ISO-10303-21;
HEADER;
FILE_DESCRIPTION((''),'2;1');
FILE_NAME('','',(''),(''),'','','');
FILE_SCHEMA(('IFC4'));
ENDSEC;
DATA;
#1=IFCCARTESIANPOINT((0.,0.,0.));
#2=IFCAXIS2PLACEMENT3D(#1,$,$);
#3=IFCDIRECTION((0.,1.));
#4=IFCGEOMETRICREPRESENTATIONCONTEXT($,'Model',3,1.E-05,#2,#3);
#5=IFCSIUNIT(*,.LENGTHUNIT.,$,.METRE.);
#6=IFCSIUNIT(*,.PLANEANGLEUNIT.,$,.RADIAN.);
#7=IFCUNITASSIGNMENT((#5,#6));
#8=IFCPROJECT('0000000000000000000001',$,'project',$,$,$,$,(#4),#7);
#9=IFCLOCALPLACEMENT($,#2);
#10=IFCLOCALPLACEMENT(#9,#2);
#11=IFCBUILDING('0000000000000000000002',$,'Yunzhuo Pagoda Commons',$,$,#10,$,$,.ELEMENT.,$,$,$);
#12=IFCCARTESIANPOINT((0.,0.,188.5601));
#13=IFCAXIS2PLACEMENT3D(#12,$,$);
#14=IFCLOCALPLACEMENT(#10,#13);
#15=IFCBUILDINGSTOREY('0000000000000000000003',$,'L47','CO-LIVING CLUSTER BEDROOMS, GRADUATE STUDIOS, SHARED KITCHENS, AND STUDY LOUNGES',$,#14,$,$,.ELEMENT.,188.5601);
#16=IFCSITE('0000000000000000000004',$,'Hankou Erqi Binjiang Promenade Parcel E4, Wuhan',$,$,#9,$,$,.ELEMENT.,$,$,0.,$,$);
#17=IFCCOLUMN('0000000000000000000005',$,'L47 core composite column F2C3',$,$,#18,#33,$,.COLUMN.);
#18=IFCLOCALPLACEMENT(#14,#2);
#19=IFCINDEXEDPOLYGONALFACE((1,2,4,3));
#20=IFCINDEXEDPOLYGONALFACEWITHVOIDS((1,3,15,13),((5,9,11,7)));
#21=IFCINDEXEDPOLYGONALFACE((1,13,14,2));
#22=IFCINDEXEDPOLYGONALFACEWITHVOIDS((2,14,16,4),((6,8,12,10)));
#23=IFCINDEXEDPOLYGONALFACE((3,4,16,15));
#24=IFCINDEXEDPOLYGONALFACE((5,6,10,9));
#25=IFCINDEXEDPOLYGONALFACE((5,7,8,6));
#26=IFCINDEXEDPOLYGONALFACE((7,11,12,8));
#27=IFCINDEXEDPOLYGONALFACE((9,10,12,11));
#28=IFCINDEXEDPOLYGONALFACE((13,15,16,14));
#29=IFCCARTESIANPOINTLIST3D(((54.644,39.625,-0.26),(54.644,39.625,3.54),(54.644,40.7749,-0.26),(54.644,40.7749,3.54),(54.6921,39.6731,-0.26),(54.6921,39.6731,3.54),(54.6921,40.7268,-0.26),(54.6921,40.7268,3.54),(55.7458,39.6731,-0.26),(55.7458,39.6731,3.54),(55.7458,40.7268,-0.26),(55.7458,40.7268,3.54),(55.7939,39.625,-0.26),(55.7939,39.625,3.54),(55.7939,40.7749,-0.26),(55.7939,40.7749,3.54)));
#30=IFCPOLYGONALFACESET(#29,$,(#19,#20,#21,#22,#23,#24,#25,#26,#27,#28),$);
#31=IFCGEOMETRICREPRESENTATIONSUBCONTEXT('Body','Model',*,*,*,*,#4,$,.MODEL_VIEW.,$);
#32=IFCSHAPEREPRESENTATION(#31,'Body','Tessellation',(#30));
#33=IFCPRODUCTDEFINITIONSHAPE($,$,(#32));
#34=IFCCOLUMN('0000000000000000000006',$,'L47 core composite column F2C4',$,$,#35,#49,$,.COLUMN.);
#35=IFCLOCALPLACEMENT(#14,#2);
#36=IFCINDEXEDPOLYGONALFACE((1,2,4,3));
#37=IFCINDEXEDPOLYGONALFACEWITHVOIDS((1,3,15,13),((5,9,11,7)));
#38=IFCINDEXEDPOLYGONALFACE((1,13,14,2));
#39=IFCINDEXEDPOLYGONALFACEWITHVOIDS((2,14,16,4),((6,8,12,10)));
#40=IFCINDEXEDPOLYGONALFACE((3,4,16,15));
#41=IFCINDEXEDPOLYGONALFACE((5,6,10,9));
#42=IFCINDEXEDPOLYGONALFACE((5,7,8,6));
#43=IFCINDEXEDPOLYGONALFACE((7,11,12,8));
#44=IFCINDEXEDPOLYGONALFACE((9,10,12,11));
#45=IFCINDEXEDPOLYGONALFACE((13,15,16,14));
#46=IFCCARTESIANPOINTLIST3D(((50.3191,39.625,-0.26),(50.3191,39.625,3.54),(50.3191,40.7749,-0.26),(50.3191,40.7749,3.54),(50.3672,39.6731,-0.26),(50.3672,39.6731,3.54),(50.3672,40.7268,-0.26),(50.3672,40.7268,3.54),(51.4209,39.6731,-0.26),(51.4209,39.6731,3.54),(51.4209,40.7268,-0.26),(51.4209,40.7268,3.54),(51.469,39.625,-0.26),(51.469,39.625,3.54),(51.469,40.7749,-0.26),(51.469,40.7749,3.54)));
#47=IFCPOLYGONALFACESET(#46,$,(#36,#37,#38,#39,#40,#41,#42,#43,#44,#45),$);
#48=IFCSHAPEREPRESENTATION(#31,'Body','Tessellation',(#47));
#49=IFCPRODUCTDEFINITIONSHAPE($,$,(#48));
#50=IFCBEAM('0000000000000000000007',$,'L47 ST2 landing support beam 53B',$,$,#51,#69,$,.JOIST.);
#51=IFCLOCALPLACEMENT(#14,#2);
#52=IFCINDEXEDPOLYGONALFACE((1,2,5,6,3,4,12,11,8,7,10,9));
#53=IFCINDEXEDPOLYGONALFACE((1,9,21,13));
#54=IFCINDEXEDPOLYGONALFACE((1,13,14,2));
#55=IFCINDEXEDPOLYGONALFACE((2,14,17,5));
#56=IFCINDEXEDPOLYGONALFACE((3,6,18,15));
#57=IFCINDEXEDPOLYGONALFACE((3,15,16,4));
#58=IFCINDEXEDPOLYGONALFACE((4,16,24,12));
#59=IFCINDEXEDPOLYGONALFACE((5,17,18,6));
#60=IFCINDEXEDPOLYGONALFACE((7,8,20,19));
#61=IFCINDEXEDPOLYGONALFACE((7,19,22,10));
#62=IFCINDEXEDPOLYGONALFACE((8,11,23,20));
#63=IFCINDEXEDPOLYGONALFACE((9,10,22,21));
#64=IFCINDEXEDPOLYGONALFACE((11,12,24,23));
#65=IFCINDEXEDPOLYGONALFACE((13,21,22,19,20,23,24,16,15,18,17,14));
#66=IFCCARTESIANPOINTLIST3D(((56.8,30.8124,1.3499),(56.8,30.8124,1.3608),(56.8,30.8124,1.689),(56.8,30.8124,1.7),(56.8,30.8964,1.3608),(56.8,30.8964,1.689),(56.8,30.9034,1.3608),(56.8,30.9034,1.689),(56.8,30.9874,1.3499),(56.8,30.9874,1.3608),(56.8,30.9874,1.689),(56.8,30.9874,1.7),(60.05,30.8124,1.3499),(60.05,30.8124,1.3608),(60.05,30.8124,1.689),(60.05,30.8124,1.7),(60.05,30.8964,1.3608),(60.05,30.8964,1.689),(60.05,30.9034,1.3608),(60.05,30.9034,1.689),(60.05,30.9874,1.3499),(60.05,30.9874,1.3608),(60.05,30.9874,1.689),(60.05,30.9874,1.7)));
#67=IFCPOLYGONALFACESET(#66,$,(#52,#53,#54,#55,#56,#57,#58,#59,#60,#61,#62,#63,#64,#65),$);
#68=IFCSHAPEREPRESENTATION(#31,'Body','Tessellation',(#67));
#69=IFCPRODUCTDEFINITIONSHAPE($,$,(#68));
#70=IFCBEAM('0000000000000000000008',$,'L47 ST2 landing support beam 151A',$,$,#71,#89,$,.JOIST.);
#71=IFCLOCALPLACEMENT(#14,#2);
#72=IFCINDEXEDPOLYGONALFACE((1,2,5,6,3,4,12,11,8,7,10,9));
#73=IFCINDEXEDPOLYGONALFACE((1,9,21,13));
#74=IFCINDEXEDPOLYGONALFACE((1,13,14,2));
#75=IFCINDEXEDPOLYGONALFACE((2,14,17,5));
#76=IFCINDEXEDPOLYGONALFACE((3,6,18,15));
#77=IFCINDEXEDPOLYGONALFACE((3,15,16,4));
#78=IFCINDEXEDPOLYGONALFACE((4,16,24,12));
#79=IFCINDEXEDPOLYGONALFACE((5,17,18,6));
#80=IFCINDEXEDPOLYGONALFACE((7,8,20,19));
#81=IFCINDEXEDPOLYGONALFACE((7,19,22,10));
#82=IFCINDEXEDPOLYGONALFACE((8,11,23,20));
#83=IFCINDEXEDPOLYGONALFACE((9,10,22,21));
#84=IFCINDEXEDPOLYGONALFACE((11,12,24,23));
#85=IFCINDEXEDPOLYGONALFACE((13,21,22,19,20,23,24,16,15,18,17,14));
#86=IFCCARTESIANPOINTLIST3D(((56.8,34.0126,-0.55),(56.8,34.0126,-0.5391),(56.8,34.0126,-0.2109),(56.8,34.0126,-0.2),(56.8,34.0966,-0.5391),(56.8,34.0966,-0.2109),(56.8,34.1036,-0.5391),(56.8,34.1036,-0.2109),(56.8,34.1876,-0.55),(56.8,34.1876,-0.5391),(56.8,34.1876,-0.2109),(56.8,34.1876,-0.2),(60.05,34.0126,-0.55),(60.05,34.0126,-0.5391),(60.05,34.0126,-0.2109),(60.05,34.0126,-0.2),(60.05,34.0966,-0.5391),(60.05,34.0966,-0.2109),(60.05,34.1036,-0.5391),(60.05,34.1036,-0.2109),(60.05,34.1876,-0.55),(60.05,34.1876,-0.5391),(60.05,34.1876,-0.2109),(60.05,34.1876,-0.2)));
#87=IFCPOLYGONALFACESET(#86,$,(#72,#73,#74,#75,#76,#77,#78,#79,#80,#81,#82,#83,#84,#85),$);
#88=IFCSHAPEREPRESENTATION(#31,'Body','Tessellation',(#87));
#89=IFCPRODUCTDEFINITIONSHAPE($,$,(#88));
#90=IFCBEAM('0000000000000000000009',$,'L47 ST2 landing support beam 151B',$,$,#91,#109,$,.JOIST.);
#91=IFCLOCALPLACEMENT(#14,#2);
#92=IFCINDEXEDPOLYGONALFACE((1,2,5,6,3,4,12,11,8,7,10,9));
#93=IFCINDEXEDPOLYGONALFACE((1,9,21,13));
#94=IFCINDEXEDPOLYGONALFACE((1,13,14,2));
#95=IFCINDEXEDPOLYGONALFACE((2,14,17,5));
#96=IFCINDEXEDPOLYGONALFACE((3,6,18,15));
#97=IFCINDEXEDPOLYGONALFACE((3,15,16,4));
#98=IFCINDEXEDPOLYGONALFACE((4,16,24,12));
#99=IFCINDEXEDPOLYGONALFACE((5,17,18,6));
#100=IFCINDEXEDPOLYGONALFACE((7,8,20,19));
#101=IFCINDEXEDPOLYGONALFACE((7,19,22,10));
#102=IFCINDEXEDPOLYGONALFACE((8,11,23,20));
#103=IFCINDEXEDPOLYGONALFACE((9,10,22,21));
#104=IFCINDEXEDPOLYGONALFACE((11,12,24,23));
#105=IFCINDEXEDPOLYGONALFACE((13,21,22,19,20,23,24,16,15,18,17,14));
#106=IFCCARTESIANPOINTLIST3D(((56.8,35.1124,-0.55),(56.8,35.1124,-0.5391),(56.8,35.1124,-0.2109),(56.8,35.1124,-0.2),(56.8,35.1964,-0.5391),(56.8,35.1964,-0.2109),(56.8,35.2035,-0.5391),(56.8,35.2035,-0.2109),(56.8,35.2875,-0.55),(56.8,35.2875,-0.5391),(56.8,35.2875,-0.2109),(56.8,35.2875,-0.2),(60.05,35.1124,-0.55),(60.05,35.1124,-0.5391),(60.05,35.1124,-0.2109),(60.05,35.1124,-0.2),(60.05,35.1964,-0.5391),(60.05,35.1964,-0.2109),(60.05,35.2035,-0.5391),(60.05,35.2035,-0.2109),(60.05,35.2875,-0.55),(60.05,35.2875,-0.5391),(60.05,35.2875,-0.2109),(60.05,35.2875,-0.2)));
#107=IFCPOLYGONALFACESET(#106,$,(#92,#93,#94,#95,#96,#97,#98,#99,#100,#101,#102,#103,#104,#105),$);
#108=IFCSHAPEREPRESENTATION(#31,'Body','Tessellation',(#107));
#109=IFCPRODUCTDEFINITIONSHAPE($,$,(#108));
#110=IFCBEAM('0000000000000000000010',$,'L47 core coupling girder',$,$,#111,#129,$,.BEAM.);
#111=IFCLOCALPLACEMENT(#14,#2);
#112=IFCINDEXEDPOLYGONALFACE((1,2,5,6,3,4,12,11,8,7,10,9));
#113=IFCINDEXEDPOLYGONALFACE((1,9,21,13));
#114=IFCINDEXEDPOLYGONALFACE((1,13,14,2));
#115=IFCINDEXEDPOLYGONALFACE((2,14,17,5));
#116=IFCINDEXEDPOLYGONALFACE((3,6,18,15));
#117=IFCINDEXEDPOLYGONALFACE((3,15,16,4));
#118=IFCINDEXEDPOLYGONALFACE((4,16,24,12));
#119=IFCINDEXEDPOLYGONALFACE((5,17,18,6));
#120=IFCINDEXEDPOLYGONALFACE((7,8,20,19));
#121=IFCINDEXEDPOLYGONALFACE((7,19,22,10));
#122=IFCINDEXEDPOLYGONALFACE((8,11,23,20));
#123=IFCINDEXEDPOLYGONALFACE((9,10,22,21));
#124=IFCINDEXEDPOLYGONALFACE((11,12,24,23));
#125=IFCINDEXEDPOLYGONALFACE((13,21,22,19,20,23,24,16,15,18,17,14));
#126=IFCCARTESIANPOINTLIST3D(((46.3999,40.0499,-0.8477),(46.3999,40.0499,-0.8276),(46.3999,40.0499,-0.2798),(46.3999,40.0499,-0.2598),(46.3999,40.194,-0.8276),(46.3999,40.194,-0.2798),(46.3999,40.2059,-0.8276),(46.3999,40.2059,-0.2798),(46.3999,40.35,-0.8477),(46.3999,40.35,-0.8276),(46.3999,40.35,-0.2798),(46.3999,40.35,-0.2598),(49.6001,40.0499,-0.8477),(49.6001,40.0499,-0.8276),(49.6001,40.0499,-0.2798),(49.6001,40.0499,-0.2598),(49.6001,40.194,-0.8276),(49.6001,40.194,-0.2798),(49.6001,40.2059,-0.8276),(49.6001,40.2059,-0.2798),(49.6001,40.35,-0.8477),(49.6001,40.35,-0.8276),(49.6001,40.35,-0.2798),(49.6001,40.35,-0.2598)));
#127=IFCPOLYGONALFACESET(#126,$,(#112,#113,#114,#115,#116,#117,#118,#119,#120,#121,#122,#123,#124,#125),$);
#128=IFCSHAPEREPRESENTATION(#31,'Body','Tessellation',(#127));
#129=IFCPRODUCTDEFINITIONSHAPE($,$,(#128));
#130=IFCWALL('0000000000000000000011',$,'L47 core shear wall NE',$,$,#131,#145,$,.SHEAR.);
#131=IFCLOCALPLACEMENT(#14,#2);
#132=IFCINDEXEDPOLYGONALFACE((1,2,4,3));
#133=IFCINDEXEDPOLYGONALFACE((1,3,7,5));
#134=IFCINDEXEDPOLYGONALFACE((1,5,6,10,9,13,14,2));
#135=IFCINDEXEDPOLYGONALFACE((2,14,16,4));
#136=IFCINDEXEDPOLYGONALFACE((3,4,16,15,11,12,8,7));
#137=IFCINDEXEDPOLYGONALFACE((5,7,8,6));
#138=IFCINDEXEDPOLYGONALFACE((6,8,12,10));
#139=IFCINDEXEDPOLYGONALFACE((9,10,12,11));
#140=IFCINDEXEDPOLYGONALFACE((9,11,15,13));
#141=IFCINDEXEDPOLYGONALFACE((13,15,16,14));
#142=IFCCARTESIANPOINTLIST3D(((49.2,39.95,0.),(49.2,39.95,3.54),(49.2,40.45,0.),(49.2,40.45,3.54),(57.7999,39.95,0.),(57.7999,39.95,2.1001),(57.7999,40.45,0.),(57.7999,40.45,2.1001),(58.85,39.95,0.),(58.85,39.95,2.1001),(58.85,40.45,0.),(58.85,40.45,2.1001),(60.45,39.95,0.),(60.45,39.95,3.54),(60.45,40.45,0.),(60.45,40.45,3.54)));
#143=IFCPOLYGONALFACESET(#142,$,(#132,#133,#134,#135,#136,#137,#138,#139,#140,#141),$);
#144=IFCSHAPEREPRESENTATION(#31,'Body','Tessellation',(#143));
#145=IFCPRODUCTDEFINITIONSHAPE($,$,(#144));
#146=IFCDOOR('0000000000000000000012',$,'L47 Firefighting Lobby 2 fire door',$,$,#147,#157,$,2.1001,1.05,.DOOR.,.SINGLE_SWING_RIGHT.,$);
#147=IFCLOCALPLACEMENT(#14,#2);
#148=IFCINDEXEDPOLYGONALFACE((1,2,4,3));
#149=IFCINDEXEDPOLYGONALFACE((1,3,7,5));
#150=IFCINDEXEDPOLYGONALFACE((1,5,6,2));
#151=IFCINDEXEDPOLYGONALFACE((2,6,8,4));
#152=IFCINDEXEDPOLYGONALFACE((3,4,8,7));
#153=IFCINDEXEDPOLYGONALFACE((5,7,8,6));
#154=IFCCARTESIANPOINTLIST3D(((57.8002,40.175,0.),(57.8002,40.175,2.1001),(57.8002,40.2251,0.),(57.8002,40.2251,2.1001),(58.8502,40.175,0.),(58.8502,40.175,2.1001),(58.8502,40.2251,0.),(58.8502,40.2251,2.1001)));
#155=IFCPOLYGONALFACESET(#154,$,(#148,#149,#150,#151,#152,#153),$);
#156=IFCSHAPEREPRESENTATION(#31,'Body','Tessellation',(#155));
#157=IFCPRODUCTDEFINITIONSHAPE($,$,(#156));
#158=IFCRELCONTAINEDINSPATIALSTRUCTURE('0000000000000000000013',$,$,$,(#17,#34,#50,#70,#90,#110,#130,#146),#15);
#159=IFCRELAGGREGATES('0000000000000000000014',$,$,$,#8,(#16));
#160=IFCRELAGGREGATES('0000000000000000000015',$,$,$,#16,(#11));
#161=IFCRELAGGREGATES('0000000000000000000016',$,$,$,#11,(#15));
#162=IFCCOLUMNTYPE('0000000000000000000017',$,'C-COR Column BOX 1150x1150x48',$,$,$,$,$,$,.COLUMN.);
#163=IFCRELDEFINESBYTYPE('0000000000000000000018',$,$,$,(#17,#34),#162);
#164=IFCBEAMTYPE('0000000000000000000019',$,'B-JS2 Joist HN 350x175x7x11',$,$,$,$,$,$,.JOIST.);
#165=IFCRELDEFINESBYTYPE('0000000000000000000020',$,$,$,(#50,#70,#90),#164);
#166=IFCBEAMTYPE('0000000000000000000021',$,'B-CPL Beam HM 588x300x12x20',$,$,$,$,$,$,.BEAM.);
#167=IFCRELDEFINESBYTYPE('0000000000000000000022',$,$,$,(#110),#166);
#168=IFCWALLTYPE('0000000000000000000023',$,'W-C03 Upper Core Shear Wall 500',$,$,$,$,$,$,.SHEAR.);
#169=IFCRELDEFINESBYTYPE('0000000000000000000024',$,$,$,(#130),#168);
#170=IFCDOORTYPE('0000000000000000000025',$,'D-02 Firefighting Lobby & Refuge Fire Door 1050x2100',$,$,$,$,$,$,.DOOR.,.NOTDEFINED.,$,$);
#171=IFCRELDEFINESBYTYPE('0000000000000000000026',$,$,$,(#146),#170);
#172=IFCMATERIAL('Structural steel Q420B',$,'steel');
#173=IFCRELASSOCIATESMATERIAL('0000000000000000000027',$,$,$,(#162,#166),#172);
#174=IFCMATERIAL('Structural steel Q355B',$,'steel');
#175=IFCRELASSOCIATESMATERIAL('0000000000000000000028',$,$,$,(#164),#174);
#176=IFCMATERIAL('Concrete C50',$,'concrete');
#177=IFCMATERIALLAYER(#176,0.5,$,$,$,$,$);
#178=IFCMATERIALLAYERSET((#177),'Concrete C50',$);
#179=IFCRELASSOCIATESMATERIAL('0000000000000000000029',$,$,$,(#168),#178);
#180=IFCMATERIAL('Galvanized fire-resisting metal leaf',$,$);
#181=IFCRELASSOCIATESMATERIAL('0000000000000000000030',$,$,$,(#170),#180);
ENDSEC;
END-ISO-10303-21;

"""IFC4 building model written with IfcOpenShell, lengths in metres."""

from ifc_helpers import new_model, si_unit, direction, frame, frame_2d, origin, origin_2d, place, context, subcontext, project, spatial, rectangle, hollow_rectangle, i_section, extrude, source, transform, mapped, material, layer, layer_set, material_profile, profile_set, type_object, element, fill, save


model = new_model("IFC4")

# Units and contexts
model_context = context("Model", 3, precision=1e-05, world=origin(), true_north=direction((0.0, 1.0)))
body_context = subcontext(model_context, "Body", "Model", "MODEL_VIEW")
ifc_project = project(units=[si_unit("LENGTHUNIT", "METRE"), si_unit("PLANEANGLEUNIT", "RADIAN")], contexts=[model_context])

# Site, building, storey
site_placement = place(None, origin())
site = spatial("IfcSite", under=ifc_project, at=site_placement, Name="Hankou Erqi Binjiang Promenade Parcel E4, Wuhan", CompositionType="ELEMENT", RefElevation=0.0)
building_placement = place(site_placement, origin())
building = spatial("IfcBuilding", under=site, at=building_placement, Name="Yunzhuo Pagoda Commons", CompositionType="ELEMENT")
storey_placement = place(building_placement, frame((0.0, 0.0, 188.5601)))
storey = spatial("IfcBuildingStorey", under=building, at=storey_placement, Name="L47", Description="CO-LIVING CLUSTER BEDROOMS, GRADUATE STUDIOS, SHARED KITCHENS, AND STUDY LOUNGES", CompositionType="ELEMENT", Elevation=188.5601)

# Columns
ifc_material_1 = material(Name="Structural steel Q420B", Category="steel")
ifc_material_profile_1 = material_profile(ifc_material_1, hollow_rectangle(XDim=1.1499, YDim=1.1499, WallThickness=0.0481, at=origin_2d()), Name="Structural steel Q420B")
ifc_profile_set_1 = profile_set([ifc_material_profile_1], Name="Structural steel Q420B")
column_type = type_object("IfcColumnType", Name="C-COR Column BOX 1150x1150x48", PredefinedType="COLUMN", material=ifc_profile_set_1)
shared_shape_1 = source(origin(), body_context, "Body", "SweptSolid", [
    extrude(hollow_rectangle(XDim=1.1499, YDim=1.1499, WallThickness=0.0481, at=origin_2d()), origin(), (0.0, 0.0, 1.0), 3.8),
])
for number, where, z_axis, x_axis, name in (
    (1, (55.219, 40.2, -0.26), (0.0, 0.0, 1.0), (1.0, 0.0, 0.0), "L47 core composite column F2C3"),
    (2, (50.894, 40.2, -0.26), (0.0, 0.0, 1.0), (1.0, 0.0, 0.0), "L47 core composite column F2C4"),
):
    element("IfcColumn", number, at=place(storey_placement, frame(where, z_axis=z_axis, x_axis=x_axis)), inside=storey, type_object=column_type, Name=name, PredefinedType="COLUMN", context=body_context, shape_type="MappedRepresentation", body=[
        mapped(shared_shape_1, transform((0.0, 0.0, 0.0), scale=1.0)),
    ])

# Beams
ifc_material_2 = material(Name="Structural steel Q355B", Category="steel")
ifc_material_profile_2 = material_profile(ifc_material_2, i_section(OverallWidth=0.175, OverallDepth=0.3501, WebThickness=0.0071, FlangeThickness=0.011, at=origin_2d()), Name="Structural steel Q355B")
ifc_profile_set_2 = profile_set([ifc_material_profile_2], Name="Structural steel Q355B")
beam_type_1 = type_object("IfcBeamType", Name="B-JS2 Joist HN 350x175x7x11", PredefinedType="JOIST", material=ifc_profile_set_2)
shared_shape_2 = source(origin(), body_context, "Body", "SweptSolid", [
    extrude(i_section(OverallWidth=0.175, OverallDepth=0.3501, WebThickness=0.0071, FlangeThickness=0.011, at=origin_2d()), origin(), (0.0, 0.0, 1.0), 3.25),
])
for number, where, z_axis, x_axis, name in (
    (3, (56.8, 30.8999, 1.5249), (1.0, 0.0, 0.0), (0.0, 1.0, 0.0), "L47 ST2 landing support beam 53B"),
    (4, (56.8, 34.1001, -0.375), (1.0, 0.0, 0.0), (0.0, 1.0, 0.0), "L47 ST2 landing support beam 151A"),
    (5, (56.8, 35.2, -0.375), (1.0, 0.0, 0.0), (0.0, 1.0, 0.0), "L47 ST2 landing support beam 151B"),
):
    element("IfcBeam", number, at=place(storey_placement, frame(where, z_axis=z_axis, x_axis=x_axis)), inside=storey, type_object=beam_type_1, Name=name, PredefinedType="JOIST", context=body_context, shape_type="MappedRepresentation", body=[
        mapped(shared_shape_2, transform((0.0, 0.0, 0.0), scale=1.0)),
    ])
ifc_material_profile_3 = material_profile(ifc_material_1, i_section(OverallWidth=0.3, OverallDepth=0.5879, WebThickness=0.012, FlangeThickness=0.02, at=origin_2d()), Name="Structural steel Q420B")
ifc_profile_set_3 = profile_set([ifc_material_profile_3], Name="Structural steel Q420B")
beam_type_2 = type_object("IfcBeamType", Name="B-CPL Beam HM 588x300x12x20", PredefinedType="BEAM", material=ifc_profile_set_3)
shared_shape_3 = source(origin(), body_context, "Body", "SweptSolid", [
    extrude(i_section(OverallWidth=0.3, OverallDepth=0.5879, WebThickness=0.012, FlangeThickness=0.02, at=origin_2d()), origin(), (0.0, 0.0, 1.0), 3.2002),
])
beam_placement = place(storey_placement, frame((46.3999, 40.2, -0.5537), z_axis=(1.0, 0.0, 0.0), x_axis=(0.0, 1.0, 0.0)))
element("IfcBeam", 6, at=beam_placement, inside=storey, type_object=beam_type_2, Name="L47 core coupling girder", PredefinedType="BEAM", context=body_context, shape_type="MappedRepresentation", body=[
    mapped(shared_shape_3, transform((0.0, 0.0, 0.0), scale=1.0)),
])

# Wall, opening, door
ifc_material_3 = material(Name="Concrete C50", Category="concrete")
ifc_layer_1 = layer(ifc_material_3, 0.5)
ifc_layer_set_1 = layer_set([ifc_layer_1], Name="Concrete C50")
wall_type_1 = type_object("IfcWallType", Name="W-C03 Upper Core Shear Wall 500", PredefinedType="SHEAR", material=ifc_layer_set_1)
wall_1_placement = place(storey_placement, frame((49.2, 40.2, 0.0), z_axis=(0.0, 0.0, 1.0), x_axis=(1.0, 0.0, 0.0)))
wall_1 = element("IfcWall", 7, at=wall_1_placement, inside=storey, type_object=wall_type_1, Name="L47 core shear wall NE", PredefinedType="SHEAR", context=body_context, shape_type="SweptSolid", body=[
    extrude(rectangle(XDim=11.25, YDim=0.5, at=frame_2d((5.625, 0.0))), origin(), (0.0, 0.0, 1.0), 3.54),
])
opening_1_placement = place(wall_1_placement, frame((8.6001, 0.0, 0.0)))
opening_1 = element("IfcOpeningElement", 8, at=opening_1_placement, cuts=wall_1, PredefinedType="OPENING", context=body_context, shape_type="SweptSolid", body=[
    extrude(rectangle(XDim=1.05, YDim=2.1001, at=frame_2d((0.5249, 1.05))), frame((0.0, 0.26, 0.0), z_axis=(0.0, -1.0, 0.0), x_axis=(1.0, 0.0, 0.0)), (0.0, 0.0, 1.0), 0.52),
])
ifc_material_4 = material(Name="Galvanized fire-resisting metal leaf")
door_type_1 = type_object("IfcDoorType", Name="D-02 Firefighting Lobby & Refuge Fire Door 1050x2100", OperationType="NOTDEFINED", PredefinedType="DOOR", material=ifc_material_4)
shared_shape_4 = source(origin(), body_context, "Body", "SweptSolid", [
    extrude(rectangle(XDim=1.05, YDim=2.1001, at=frame_2d((0.5249, 1.05))), frame((0.0, 0.0249, 0.0), z_axis=(0.0, -1.0, 0.0), x_axis=(1.0, 0.0, 0.0)), (0.0, 0.0, 1.0), 0.05),
])
door_1_placement = place(opening_1_placement, frame((1.05, 0.0, 0.0), z_axis=(0.0, 0.0, 1.0), x_axis=(-1.0, 0.0, 0.0)))
door_1 = element("IfcDoor", 9, at=door_1_placement, inside=storey, type_object=door_type_1, Name="L47 Firefighting Lobby 2 fire door", OperationType="SINGLE_SWING_RIGHT", OverallHeight=2.1001, OverallWidth=1.05, PredefinedType="DOOR", context=body_context, shape_type="MappedRepresentation", body=[
    mapped(shared_shape_4, transform((0.0, 0.0, 0.0), scale=1.0)),
])
fill(opening_1, door_1)

save(model, "model.ifc")
